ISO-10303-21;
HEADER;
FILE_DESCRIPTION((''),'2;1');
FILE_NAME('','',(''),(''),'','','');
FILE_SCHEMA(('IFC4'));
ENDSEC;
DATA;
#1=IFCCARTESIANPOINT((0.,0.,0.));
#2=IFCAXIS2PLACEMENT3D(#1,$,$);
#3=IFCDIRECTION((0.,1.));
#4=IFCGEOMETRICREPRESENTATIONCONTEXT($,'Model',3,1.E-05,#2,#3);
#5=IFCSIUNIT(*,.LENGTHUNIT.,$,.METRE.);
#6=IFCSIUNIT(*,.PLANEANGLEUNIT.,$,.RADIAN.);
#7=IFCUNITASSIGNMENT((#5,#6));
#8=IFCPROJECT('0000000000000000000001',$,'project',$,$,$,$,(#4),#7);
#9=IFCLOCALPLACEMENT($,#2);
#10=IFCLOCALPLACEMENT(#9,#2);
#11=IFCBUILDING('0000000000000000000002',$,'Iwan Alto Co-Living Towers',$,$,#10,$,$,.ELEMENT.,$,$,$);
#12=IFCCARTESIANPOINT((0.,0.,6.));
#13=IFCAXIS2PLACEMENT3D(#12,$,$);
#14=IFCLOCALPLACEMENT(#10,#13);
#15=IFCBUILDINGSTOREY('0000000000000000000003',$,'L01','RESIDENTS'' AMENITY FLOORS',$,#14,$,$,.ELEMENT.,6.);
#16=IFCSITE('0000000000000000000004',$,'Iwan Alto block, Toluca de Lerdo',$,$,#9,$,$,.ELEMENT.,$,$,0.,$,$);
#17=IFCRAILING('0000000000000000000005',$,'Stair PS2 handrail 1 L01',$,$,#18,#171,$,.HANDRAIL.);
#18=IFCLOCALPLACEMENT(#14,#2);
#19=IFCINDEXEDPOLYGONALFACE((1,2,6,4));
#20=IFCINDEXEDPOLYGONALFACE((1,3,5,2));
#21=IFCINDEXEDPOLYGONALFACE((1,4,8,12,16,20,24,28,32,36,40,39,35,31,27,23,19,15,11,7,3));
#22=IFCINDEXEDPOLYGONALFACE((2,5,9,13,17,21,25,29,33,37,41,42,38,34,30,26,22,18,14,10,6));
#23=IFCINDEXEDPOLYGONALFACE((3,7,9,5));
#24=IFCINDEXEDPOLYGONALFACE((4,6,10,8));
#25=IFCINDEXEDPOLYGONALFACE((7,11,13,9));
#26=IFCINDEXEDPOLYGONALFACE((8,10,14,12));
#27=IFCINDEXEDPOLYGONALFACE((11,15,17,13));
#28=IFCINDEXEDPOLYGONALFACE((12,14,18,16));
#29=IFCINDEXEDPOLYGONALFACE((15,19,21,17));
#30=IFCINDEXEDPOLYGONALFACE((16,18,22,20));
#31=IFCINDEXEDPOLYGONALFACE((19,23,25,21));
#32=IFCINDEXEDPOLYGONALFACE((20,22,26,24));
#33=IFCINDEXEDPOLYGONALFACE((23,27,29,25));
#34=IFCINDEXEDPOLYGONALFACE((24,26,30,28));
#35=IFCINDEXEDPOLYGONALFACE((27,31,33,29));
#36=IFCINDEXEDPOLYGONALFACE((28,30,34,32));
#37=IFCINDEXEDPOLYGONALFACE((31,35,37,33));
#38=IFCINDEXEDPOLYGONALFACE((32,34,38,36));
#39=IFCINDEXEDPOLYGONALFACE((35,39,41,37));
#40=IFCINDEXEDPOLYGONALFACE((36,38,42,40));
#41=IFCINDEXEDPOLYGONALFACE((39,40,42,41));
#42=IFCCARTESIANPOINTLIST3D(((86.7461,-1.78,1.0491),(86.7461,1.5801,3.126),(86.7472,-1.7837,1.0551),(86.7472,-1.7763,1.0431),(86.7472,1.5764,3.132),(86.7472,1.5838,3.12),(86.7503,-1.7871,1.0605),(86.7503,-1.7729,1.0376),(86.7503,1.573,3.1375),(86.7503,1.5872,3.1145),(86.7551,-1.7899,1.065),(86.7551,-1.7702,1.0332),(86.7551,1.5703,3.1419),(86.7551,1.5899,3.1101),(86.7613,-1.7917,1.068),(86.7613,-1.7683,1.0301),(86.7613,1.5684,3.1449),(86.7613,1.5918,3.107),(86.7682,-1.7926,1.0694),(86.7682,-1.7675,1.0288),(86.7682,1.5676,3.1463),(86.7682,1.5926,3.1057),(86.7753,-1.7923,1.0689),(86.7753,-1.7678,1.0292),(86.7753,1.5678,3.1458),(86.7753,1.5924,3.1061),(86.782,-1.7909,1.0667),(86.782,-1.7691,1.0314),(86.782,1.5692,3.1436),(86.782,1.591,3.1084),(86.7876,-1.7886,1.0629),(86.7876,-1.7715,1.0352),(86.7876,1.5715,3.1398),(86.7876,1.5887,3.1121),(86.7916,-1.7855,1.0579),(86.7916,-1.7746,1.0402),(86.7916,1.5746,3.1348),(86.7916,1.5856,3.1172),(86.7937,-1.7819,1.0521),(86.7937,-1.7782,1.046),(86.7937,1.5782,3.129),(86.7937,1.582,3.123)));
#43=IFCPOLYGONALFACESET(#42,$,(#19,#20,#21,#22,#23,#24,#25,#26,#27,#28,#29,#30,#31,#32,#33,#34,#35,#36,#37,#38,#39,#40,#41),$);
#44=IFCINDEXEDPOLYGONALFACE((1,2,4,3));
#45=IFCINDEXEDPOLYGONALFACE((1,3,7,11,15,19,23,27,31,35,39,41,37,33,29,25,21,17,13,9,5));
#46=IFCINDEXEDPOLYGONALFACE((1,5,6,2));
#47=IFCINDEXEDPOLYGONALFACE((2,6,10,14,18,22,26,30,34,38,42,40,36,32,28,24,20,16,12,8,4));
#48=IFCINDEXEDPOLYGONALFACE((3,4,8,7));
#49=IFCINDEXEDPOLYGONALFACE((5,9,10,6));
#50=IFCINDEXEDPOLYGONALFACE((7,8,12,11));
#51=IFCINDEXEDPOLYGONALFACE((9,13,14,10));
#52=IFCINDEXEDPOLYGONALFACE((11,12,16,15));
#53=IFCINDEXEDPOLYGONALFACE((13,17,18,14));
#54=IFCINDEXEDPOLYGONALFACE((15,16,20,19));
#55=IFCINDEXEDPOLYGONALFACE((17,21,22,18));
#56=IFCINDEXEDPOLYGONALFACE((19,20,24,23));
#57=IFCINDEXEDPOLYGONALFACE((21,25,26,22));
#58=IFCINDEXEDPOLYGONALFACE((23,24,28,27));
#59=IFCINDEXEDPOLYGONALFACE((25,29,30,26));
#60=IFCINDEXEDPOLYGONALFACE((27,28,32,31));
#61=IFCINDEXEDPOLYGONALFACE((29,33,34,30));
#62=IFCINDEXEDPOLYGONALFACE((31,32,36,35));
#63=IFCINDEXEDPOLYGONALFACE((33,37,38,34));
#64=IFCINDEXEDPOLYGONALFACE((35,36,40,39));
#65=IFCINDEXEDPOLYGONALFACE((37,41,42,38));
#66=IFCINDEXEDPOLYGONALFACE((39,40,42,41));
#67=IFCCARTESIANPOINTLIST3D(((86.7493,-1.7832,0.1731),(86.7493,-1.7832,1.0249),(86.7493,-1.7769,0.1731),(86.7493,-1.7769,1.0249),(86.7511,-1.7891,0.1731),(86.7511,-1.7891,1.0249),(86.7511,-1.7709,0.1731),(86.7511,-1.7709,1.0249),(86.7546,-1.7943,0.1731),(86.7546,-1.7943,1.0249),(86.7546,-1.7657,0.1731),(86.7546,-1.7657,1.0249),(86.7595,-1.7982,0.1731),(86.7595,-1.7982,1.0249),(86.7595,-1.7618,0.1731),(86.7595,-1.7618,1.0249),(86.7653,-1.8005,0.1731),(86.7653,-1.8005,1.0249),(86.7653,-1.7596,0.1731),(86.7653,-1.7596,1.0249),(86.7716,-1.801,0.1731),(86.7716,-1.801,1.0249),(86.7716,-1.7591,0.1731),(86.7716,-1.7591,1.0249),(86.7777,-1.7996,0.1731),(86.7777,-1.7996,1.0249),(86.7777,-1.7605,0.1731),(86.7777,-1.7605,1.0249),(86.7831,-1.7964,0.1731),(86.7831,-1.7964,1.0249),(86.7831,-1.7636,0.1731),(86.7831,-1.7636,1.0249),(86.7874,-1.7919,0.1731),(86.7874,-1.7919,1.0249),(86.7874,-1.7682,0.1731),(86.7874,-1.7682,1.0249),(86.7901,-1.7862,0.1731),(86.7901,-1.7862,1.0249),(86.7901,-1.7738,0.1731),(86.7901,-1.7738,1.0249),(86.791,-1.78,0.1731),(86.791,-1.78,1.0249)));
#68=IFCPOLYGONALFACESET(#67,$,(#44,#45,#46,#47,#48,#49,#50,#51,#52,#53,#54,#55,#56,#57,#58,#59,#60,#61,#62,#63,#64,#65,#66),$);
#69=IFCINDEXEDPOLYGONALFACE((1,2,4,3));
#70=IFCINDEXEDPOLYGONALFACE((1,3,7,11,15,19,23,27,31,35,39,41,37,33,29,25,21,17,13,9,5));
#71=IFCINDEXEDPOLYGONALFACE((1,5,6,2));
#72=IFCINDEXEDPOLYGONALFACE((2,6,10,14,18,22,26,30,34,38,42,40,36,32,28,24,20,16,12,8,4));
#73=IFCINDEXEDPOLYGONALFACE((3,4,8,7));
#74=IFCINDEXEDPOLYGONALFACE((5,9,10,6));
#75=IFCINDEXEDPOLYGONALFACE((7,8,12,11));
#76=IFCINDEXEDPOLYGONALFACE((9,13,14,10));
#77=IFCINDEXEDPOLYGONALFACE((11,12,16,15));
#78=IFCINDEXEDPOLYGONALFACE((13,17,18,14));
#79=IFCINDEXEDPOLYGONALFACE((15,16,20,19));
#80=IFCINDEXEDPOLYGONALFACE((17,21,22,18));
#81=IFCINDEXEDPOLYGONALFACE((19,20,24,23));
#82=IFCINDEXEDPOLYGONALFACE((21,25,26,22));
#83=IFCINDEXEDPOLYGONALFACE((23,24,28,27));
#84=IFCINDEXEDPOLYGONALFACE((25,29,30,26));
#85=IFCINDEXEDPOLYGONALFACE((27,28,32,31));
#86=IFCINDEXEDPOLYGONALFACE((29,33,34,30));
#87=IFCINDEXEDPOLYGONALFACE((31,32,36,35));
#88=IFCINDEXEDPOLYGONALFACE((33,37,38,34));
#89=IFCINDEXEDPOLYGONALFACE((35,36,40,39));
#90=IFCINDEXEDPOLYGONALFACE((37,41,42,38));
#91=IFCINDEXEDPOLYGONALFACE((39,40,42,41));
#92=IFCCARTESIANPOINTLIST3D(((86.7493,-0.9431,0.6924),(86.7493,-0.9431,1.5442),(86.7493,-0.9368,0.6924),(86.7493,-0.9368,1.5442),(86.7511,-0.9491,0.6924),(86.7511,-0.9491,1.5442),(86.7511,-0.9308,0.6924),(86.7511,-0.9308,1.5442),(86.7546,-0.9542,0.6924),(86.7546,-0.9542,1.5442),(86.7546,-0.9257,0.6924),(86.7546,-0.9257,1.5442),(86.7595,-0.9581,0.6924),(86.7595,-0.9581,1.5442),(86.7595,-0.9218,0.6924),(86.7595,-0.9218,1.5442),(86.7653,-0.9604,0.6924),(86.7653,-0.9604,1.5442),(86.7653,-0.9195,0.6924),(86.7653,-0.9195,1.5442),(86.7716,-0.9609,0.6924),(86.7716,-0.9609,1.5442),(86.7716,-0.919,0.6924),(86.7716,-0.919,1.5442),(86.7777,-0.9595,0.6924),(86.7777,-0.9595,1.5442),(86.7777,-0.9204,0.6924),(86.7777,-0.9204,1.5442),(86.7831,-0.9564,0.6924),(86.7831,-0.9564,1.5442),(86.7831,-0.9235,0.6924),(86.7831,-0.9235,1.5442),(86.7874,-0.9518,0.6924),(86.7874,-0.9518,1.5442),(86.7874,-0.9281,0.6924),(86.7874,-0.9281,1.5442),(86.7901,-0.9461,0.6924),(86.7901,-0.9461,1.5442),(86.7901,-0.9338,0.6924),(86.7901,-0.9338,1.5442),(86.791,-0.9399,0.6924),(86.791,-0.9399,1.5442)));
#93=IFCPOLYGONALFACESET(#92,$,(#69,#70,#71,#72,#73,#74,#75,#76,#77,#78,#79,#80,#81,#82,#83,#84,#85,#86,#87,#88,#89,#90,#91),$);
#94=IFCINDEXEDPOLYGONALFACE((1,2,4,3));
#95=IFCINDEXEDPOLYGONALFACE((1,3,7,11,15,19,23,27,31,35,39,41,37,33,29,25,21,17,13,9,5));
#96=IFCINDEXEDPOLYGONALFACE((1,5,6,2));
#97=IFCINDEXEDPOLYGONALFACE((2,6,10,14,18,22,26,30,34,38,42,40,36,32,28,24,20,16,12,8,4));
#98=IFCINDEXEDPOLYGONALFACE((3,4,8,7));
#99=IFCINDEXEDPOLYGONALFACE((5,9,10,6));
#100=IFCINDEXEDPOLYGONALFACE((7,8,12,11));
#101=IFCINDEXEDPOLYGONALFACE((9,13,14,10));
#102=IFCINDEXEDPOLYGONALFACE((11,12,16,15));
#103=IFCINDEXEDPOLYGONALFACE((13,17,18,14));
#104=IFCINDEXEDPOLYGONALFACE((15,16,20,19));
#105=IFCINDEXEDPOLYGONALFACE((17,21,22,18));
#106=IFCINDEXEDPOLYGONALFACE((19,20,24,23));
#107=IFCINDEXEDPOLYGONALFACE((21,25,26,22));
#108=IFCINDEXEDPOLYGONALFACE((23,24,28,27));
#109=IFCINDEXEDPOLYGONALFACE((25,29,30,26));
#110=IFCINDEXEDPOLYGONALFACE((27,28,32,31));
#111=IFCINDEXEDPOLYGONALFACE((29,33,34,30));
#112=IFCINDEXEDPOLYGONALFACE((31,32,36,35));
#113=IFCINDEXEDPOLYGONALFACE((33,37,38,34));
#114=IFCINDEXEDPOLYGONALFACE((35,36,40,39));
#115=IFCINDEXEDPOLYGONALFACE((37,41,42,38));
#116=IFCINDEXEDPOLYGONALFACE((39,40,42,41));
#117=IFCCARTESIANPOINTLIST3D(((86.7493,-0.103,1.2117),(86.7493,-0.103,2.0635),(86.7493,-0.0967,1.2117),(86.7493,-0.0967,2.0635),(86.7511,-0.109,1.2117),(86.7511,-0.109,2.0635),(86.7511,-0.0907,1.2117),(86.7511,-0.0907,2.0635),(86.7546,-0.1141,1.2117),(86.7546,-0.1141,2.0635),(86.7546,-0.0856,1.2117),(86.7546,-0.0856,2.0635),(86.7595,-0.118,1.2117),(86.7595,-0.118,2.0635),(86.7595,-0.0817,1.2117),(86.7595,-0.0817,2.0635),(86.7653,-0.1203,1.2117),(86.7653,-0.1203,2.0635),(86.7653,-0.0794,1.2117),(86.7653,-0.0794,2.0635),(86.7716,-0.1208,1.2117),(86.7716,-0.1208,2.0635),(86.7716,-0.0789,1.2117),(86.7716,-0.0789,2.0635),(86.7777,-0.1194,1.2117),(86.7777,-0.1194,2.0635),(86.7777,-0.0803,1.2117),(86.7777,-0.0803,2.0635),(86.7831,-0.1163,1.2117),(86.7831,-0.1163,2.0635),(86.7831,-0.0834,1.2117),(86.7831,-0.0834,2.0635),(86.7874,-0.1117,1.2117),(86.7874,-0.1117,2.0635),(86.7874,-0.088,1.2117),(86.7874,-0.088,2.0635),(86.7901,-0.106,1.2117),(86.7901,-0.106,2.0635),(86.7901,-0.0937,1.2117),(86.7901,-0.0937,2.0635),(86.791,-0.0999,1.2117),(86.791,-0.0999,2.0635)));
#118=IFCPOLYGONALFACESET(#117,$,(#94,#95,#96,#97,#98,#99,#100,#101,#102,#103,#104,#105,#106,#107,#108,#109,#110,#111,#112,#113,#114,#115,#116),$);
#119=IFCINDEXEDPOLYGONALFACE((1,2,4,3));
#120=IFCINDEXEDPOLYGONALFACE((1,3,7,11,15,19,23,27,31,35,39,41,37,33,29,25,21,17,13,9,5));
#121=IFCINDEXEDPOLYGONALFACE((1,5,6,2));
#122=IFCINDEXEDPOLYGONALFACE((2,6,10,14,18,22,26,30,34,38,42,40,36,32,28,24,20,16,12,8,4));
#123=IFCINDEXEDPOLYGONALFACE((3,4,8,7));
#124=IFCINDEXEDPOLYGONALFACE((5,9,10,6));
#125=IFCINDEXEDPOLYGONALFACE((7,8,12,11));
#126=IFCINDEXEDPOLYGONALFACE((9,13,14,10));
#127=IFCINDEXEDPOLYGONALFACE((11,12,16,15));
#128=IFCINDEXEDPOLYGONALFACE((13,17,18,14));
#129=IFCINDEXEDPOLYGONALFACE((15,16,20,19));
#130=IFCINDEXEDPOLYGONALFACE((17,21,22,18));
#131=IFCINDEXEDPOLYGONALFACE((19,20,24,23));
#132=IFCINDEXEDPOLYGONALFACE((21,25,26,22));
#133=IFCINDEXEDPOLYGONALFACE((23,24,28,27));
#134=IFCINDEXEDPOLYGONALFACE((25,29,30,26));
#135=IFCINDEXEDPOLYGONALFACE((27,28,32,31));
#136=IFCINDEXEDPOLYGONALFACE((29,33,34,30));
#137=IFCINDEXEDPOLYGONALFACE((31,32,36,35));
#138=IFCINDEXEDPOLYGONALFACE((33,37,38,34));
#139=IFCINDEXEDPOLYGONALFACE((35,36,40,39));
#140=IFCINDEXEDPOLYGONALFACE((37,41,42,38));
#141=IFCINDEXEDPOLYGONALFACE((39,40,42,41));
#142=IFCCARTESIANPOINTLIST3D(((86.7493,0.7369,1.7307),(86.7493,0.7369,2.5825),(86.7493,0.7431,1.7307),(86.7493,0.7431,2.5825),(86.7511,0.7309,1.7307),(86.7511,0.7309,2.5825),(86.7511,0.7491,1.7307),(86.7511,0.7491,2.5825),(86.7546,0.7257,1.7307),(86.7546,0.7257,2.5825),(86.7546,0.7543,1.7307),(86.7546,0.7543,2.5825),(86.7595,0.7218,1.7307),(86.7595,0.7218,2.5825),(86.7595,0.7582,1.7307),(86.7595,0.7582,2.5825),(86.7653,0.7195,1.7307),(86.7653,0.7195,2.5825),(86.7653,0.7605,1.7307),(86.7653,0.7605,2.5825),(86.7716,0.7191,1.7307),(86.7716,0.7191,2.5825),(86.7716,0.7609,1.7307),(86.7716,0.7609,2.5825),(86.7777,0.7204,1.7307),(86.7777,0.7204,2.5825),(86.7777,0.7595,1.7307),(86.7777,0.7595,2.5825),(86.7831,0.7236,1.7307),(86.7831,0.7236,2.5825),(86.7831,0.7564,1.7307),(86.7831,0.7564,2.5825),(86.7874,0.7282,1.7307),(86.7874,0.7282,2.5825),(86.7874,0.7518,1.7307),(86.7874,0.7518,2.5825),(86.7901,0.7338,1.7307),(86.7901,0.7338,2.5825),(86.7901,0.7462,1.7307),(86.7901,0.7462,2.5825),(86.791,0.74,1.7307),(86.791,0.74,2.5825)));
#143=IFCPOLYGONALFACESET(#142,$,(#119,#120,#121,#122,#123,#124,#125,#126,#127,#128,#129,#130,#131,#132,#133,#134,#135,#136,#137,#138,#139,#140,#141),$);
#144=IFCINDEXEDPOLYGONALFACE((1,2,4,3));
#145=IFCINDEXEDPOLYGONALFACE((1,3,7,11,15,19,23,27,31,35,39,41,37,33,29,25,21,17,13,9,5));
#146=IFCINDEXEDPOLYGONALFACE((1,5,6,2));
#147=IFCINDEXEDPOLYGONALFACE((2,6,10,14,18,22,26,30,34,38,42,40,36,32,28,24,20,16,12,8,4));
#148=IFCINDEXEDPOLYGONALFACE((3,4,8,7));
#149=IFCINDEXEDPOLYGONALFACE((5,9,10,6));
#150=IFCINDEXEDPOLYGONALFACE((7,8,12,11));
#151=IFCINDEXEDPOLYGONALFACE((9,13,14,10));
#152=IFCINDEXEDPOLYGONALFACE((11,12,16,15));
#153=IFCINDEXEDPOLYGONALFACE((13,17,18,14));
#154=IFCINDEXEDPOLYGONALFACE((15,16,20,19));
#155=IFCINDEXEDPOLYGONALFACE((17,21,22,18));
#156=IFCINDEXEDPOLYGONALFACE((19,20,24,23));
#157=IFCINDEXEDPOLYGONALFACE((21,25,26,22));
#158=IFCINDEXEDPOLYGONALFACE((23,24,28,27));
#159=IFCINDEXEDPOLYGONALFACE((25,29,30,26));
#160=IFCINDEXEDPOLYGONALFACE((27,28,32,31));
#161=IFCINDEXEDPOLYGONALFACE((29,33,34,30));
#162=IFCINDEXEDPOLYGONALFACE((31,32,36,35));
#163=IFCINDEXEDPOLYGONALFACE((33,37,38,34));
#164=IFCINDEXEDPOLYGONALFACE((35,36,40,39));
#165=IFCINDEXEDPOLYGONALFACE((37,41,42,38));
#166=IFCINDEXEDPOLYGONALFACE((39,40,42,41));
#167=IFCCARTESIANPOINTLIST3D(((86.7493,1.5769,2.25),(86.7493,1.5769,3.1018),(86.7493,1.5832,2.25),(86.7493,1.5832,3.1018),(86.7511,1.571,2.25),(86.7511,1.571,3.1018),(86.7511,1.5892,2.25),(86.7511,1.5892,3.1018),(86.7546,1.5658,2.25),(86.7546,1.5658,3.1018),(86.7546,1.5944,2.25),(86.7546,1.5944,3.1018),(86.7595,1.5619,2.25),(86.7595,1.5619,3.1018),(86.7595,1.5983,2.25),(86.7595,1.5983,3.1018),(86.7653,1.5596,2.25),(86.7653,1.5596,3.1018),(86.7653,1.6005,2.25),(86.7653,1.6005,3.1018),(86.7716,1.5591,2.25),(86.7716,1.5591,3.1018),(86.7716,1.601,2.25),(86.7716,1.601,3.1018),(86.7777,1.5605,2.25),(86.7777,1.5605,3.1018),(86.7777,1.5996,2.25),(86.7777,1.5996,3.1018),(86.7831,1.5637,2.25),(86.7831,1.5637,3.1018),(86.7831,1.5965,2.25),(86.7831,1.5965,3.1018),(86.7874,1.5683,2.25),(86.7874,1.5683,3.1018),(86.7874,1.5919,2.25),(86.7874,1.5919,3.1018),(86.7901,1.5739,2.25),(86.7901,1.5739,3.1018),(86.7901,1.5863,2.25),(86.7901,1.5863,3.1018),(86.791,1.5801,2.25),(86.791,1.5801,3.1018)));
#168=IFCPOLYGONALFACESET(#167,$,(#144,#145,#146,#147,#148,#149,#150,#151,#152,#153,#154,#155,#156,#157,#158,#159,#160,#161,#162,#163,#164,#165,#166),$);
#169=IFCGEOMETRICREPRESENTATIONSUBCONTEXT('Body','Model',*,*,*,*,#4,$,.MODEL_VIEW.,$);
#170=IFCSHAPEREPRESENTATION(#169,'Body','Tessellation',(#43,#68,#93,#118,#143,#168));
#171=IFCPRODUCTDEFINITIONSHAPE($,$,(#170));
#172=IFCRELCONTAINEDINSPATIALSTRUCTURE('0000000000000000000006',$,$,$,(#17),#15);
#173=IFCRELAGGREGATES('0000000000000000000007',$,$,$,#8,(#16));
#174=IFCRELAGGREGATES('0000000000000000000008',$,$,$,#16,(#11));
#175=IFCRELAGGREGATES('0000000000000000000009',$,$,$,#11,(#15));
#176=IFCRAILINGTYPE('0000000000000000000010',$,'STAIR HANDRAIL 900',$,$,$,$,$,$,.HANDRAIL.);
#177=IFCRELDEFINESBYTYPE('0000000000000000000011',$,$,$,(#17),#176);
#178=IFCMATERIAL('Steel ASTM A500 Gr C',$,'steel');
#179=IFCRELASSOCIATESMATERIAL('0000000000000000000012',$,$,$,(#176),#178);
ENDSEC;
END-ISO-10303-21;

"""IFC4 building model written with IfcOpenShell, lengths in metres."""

from ifc_helpers import new_model, si_unit, direction, frame, origin, origin_2d, place, context, subcontext, project, spatial, circle, extrude, material, type_object, element, save


model = new_model("IFC4")

# Units and contexts
model_context = context("Model", 3, precision=1e-05, world=origin(), true_north=direction((0.0, 1.0)))
body_context = subcontext(model_context, "Body", "Model", "MODEL_VIEW")
ifc_project = project(units=[si_unit("LENGTHUNIT", "METRE"), si_unit("PLANEANGLEUNIT", "RADIAN")], contexts=[model_context])

# Site, building, storey
site_placement = place(None, origin())
site = spatial("IfcSite", under=ifc_project, at=site_placement, Name="Iwan Alto block, Toluca de Lerdo", CompositionType="ELEMENT", RefElevation=0.0)
building_placement = place(site_placement, origin())
building = spatial("IfcBuilding", under=site, at=building_placement, Name="Iwan Alto Co-Living Towers", CompositionType="ELEMENT")
storey_placement = place(building_placement, frame((0.0, 0.0, 6.0)))
storey = spatial("IfcBuildingStorey", under=building, at=storey_placement, Name="L01", Description="RESIDENTS' AMENITY FLOORS", CompositionType="ELEMENT", Elevation=6.0)

# Railing
ifc_material_1 = material(Name="Steel ASTM A500 Gr C", Category="steel")
railing_type_1 = type_object("IfcRailingType", Name="STAIR HANDRAIL 900", PredefinedType="HANDRAIL", material=ifc_material_1)
railing_1_placement = place(storey_placement, frame((86.77, -1.78, 0.1731)))
element("IfcRailing", 1, at=railing_1_placement, inside=storey, type_object=railing_type_1, Name="Stair PS2 handrail 1 L01", PredefinedType="HANDRAIL", context=body_context, shape_type="SweptSolid", body=[
    extrude(circle(Radius=0.0239, at=origin_2d()), frame((0.0, 0.0, 0.876), z_axis=(0.0, 0.850623, 0.525776), x_axis=(-1.0, 0.0, 0.0)), (0.0, 0.0, 1.0), 3.9502),
    extrude(circle(Radius=0.021, at=origin_2d()), origin(), (0.0, 0.0, 1.0), 0.8518),
    extrude(circle(Radius=0.021, at=origin_2d()), frame((0.0, 0.8401, 0.5193)), (0.0, 0.0, 1.0), 0.8518),
    extrude(circle(Radius=0.021, at=origin_2d()), frame((0.0, 1.6802, 1.0386)), (0.0, 0.0, 1.0), 0.8518),
    extrude(circle(Radius=0.021, at=origin_2d()), frame((0.0, 2.52, 1.5576)), (0.0, 0.0, 1.0), 0.8518),
    extrude(circle(Radius=0.021, at=origin_2d()), frame((0.0, 3.3601, 2.0769)), (0.0, 0.0, 1.0), 0.8518),
])

save(model, "model.ifc")
